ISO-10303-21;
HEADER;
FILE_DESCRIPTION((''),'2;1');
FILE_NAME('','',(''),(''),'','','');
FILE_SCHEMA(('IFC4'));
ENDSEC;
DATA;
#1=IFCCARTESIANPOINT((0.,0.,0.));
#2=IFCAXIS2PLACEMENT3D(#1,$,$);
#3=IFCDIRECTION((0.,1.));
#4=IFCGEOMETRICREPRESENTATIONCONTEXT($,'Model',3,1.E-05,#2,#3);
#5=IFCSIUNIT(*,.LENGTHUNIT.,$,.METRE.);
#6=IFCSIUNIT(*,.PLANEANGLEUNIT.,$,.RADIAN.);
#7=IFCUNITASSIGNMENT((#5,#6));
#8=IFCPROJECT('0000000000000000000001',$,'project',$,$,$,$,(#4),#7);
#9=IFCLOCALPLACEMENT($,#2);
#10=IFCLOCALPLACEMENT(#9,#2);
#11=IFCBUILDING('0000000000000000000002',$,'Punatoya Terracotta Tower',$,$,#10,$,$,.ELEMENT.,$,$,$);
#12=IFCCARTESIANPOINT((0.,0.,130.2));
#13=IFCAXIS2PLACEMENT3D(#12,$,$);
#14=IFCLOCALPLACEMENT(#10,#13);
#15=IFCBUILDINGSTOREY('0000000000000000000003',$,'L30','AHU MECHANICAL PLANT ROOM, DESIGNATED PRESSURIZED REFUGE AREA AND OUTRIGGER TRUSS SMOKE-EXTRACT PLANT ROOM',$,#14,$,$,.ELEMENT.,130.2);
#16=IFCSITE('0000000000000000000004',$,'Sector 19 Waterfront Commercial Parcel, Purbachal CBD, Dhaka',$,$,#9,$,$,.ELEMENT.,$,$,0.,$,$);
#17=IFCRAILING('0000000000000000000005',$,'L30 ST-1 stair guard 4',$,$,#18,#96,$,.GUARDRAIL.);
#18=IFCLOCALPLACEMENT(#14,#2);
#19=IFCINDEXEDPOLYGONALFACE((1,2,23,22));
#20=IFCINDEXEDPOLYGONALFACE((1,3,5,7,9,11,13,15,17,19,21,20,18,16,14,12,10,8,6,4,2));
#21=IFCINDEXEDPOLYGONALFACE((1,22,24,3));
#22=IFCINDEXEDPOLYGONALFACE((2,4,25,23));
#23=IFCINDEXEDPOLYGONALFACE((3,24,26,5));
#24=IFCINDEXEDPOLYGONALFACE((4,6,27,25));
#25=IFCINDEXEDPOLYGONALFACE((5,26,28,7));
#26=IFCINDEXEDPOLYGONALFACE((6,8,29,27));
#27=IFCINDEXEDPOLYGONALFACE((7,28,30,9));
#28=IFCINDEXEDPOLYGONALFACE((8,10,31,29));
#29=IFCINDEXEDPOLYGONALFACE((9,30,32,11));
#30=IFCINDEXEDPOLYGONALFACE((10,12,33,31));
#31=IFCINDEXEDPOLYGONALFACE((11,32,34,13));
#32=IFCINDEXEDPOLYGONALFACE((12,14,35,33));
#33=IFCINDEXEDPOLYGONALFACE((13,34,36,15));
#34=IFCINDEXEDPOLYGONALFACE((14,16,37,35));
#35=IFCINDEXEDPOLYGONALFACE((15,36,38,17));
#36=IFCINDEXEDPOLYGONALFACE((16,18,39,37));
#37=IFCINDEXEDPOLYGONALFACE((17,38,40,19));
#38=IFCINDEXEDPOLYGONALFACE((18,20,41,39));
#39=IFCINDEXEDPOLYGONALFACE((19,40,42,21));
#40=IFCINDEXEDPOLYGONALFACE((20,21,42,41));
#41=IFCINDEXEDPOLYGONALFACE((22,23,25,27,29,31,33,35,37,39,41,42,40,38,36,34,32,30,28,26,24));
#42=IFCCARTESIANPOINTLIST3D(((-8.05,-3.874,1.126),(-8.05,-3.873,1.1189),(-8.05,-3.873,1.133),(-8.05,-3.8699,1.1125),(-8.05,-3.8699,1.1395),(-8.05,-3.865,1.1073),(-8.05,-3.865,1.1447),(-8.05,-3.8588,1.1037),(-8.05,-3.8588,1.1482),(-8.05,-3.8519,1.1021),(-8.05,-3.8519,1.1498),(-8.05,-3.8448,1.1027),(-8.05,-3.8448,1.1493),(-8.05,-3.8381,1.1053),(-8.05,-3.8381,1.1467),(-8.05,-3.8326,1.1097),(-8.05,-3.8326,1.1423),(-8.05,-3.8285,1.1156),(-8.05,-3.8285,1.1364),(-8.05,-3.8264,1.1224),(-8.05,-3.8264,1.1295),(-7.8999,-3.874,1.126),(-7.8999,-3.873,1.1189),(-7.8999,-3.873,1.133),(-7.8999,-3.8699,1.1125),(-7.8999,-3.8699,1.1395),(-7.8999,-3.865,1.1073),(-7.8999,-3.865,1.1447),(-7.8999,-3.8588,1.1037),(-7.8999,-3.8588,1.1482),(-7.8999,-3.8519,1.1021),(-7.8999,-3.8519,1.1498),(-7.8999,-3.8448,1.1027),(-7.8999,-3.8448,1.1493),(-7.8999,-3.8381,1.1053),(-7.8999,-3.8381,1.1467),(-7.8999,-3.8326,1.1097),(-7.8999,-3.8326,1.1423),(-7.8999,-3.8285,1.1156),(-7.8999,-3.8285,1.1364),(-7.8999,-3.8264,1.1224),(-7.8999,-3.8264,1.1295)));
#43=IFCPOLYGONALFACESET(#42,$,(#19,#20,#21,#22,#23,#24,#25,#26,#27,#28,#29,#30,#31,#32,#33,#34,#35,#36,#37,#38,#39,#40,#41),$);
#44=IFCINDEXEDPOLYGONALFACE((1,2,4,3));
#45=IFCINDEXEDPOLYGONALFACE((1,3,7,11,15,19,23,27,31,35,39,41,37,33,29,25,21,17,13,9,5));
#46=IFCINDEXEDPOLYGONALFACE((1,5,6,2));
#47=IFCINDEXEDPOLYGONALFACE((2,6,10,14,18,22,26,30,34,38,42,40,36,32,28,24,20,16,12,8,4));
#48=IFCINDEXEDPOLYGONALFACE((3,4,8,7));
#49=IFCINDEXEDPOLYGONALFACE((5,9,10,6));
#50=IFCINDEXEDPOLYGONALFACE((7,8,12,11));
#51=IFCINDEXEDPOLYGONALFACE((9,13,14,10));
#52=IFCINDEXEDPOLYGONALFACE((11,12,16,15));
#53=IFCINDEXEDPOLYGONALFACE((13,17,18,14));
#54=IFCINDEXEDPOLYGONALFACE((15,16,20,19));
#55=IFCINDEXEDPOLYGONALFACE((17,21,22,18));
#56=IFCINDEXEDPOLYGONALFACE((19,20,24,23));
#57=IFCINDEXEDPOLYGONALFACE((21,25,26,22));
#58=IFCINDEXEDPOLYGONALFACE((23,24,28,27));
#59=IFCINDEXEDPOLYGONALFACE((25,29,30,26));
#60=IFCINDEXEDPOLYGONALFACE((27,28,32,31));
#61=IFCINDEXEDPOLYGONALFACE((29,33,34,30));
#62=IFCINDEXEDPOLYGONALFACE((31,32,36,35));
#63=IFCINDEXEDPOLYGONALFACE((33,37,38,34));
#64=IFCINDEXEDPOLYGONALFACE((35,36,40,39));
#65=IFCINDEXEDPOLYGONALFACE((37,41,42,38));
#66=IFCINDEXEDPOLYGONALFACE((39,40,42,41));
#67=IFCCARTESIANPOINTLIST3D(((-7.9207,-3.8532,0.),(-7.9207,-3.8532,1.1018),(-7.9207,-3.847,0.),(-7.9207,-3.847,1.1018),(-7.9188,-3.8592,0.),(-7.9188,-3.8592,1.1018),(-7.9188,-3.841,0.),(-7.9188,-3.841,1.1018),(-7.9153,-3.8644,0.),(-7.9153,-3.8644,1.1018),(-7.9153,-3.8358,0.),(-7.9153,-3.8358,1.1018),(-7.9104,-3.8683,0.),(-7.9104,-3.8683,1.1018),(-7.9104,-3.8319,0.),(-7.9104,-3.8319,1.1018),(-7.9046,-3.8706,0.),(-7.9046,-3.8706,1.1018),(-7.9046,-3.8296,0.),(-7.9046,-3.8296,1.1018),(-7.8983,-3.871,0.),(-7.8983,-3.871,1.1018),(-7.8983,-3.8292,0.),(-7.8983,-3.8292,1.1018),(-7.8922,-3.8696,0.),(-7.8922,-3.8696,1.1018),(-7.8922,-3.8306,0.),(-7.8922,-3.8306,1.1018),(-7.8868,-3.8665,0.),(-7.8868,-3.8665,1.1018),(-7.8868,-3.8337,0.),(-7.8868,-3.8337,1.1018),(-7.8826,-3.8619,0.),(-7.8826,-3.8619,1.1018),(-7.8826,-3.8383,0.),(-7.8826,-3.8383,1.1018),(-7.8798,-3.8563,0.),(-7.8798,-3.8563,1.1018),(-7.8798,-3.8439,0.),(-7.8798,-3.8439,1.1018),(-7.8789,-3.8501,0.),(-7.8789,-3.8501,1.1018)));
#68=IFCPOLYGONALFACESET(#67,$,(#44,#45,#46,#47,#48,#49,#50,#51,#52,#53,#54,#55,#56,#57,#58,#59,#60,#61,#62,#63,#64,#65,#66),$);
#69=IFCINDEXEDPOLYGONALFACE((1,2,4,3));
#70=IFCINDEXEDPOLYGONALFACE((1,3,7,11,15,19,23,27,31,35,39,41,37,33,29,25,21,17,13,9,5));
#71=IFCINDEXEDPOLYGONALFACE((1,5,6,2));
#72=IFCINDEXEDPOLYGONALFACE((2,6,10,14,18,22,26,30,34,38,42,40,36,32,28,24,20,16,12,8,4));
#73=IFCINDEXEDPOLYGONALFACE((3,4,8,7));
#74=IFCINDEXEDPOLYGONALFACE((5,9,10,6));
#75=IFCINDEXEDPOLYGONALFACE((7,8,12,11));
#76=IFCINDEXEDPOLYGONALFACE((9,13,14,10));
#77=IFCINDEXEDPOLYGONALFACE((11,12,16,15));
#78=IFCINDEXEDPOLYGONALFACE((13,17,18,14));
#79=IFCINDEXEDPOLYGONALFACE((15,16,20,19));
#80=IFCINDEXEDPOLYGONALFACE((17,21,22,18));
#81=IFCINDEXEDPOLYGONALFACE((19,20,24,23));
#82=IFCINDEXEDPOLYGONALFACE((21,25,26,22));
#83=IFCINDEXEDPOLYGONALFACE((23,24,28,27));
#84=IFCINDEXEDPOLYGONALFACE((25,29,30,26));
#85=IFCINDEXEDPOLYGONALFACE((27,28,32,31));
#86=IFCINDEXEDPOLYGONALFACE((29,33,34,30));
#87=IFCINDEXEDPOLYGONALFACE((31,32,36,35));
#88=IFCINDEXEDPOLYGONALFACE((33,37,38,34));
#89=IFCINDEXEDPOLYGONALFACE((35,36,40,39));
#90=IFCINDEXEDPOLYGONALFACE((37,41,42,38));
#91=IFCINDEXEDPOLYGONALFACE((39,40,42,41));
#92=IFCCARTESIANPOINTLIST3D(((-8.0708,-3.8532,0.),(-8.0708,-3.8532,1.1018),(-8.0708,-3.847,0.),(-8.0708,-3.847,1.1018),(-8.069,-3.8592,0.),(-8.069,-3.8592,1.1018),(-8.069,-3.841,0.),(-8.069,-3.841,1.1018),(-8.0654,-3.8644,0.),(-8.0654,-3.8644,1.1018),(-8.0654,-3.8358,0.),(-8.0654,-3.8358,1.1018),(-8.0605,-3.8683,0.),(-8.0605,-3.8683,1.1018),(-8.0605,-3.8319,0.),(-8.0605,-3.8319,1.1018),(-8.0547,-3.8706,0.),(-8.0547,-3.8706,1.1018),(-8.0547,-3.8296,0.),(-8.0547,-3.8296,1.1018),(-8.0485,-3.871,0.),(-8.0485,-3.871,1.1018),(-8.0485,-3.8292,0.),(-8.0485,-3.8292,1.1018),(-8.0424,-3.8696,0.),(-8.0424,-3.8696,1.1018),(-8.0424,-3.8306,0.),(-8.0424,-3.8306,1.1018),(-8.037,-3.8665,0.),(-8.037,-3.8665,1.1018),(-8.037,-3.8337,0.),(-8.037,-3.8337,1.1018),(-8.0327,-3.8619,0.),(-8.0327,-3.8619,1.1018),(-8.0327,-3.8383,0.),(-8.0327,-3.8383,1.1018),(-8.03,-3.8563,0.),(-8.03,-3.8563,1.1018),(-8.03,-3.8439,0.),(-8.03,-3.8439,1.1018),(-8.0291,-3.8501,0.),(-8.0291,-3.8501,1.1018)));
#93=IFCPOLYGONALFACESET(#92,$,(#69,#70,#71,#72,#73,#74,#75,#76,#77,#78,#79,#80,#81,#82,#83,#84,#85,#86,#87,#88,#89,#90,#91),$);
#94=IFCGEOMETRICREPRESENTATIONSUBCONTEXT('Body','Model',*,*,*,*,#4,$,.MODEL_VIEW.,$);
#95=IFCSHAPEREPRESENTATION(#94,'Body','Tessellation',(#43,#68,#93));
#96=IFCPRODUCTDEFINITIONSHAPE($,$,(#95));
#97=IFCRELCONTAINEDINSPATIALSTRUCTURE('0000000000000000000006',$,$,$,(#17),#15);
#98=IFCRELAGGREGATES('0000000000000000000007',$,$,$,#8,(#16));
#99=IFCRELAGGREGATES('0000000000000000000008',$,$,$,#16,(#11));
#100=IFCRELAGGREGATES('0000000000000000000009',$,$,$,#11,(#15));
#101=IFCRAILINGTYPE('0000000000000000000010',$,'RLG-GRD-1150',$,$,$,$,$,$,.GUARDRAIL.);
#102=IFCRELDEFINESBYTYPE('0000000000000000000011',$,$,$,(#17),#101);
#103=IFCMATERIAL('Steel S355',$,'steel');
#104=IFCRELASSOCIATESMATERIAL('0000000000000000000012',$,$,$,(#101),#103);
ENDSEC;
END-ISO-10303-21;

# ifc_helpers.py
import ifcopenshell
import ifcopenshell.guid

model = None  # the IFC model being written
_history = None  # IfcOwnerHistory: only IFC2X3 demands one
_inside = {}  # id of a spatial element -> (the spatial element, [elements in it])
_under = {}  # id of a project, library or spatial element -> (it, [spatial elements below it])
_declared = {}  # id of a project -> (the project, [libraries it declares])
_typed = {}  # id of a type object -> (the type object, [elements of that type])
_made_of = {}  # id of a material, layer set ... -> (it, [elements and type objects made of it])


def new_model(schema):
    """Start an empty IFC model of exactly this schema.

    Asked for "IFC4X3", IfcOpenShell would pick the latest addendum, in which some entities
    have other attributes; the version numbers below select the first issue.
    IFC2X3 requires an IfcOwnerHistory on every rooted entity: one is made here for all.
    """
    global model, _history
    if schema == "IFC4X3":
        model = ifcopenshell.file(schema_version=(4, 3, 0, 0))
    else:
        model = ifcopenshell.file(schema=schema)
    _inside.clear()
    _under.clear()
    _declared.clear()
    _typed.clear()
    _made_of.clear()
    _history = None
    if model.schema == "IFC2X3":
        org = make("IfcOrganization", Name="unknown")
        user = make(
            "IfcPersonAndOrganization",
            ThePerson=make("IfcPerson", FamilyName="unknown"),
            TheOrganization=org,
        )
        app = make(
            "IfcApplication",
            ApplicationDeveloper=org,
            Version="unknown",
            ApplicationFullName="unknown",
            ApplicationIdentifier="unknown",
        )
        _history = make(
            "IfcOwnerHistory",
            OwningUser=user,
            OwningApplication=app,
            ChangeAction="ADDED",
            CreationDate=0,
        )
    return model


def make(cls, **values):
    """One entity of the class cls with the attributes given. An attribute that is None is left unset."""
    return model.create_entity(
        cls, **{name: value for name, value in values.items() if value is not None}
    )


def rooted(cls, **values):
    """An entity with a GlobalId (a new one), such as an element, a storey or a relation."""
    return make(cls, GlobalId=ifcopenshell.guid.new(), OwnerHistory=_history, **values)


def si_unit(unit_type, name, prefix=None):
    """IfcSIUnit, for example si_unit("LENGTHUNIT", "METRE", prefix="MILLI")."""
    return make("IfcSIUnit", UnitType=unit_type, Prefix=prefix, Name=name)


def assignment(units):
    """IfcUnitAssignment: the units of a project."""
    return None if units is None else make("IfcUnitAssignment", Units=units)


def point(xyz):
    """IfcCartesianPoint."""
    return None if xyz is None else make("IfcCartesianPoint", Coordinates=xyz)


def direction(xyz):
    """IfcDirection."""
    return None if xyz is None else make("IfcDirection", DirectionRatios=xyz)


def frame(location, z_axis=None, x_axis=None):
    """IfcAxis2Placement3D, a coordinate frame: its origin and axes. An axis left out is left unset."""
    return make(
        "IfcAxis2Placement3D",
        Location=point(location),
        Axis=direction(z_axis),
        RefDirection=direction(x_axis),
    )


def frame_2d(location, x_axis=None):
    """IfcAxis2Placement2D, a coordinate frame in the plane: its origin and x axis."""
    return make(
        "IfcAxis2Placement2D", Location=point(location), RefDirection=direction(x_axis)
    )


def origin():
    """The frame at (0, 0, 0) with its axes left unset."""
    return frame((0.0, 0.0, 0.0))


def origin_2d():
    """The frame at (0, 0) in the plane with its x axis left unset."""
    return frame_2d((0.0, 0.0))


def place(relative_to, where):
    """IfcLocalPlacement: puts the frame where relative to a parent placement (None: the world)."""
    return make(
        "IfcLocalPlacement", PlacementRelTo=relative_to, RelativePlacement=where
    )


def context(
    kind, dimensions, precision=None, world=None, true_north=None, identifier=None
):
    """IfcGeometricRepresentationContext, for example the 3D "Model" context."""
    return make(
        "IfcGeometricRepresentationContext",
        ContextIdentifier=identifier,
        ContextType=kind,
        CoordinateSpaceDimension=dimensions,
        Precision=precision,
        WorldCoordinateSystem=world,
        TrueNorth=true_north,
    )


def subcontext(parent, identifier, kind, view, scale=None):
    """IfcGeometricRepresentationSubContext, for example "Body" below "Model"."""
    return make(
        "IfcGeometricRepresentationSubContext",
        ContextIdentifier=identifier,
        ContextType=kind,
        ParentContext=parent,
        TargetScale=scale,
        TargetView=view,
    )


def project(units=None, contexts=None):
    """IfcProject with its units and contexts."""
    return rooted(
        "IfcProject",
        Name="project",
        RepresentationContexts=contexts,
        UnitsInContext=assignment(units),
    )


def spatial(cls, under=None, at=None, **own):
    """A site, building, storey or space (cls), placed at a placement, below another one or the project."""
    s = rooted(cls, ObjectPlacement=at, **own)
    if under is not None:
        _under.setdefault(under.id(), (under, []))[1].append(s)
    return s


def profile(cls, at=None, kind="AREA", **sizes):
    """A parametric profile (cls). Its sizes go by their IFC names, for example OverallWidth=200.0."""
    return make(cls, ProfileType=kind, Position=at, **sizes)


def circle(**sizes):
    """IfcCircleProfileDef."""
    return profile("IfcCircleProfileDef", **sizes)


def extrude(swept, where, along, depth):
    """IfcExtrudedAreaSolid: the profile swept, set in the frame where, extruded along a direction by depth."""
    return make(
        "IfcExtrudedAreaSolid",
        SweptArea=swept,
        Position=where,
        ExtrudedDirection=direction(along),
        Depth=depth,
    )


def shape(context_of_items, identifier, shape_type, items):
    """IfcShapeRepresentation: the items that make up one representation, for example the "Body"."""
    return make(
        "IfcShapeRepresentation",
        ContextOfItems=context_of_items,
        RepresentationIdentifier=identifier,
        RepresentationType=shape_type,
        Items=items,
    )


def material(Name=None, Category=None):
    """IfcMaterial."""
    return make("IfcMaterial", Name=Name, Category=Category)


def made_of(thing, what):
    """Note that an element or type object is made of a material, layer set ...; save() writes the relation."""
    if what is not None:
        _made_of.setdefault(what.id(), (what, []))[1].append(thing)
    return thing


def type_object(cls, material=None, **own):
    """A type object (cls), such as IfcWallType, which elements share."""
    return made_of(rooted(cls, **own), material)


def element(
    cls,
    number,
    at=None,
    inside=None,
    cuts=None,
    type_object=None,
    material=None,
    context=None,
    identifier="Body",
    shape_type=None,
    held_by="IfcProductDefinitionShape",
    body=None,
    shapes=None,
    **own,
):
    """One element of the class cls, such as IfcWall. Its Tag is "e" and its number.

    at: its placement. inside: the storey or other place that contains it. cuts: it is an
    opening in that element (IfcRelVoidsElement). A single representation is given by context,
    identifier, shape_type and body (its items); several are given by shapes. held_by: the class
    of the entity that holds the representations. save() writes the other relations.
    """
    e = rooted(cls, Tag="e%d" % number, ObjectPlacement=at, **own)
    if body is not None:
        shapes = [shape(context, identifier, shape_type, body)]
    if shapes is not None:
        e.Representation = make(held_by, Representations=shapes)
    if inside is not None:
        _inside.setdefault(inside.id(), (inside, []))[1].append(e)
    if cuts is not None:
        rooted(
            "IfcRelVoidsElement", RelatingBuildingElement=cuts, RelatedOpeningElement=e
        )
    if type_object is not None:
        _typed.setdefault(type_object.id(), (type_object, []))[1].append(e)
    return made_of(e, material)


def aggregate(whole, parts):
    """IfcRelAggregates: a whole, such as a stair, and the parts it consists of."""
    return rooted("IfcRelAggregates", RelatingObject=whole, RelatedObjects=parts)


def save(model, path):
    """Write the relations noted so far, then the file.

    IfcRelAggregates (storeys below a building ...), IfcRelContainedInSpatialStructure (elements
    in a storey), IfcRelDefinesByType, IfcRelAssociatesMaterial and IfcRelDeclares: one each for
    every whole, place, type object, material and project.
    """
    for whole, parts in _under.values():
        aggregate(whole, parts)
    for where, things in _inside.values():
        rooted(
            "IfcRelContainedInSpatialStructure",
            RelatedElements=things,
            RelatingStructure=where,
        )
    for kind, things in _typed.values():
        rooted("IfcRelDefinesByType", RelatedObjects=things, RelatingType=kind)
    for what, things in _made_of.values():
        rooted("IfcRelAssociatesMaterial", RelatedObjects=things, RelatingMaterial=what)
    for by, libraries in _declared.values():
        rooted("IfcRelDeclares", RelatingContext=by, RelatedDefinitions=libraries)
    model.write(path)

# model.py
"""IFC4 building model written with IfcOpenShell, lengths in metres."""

from ifc_helpers import new_model, si_unit, direction, frame, origin, origin_2d, place, context, subcontext, project, spatial, circle, extrude, material, type_object, element, save


model = new_model("IFC4")

# Units and contexts
model_context = context("Model", 3, precision=1e-05, world=origin(), true_north=direction((0.0, 1.0)))
body_context = subcontext(model_context, "Body", "Model", "MODEL_VIEW")
ifc_project = project(units=[si_unit("LENGTHUNIT", "METRE"), si_unit("PLANEANGLEUNIT", "RADIAN")], contexts=[model_context])

# Site, building, storey
site_placement = place(None, origin())
site = spatial("IfcSite", under=ifc_project, at=site_placement, Name="Sector 19 Waterfront Commercial Parcel, Purbachal CBD, Dhaka", CompositionType="ELEMENT", RefElevation=0.0)
building_placement = place(site_placement, origin())
building = spatial("IfcBuilding", under=site, at=building_placement, Name="Punatoya Terracotta Tower", CompositionType="ELEMENT")
storey_placement = place(building_placement, frame((0.0, 0.0, 130.2)))
storey = spatial("IfcBuildingStorey", under=building, at=storey_placement, Name="L30", Description="AHU MECHANICAL PLANT ROOM, DESIGNATED PRESSURIZED REFUGE AREA AND OUTRIGGER TRUSS SMOKE-EXTRACT PLANT ROOM", CompositionType="ELEMENT", Elevation=130.2)

# Shared definitions
ifc_material_1 = material(Name="Steel S355", Category="steel")

# Railing
railing_type_1 = type_object("IfcRailingType", Name="RLG-GRD-1150", PredefinedType="GUARDRAIL", material=ifc_material_1)
railing_1_placement = place(storey_placement, frame((-7.8999, -3.8501, 0.0)))
element("IfcRailing", 1, at=railing_1_placement, inside=storey, type_object=railing_type_1, Name="L30 ST-1 stair guard 4", PredefinedType="GUARDRAIL", context=body_context, shape_type="SweptSolid", body=[
    extrude(circle(Radius=0.0239, at=origin_2d()), frame((0.0, 0.0, 1.126), z_axis=(-1.0, 0.0, 0.0), x_axis=(0.0, -1.0, 0.0)), (0.0, 0.0, 1.0), 0.1501),
    extrude(circle(Radius=0.021, at=origin_2d()), origin(), (0.0, 0.0, 1.0), 1.1018),
    extrude(circle(Radius=0.021, at=origin_2d()), frame((-0.1501, 0.0, 0.0)), (0.0, 0.0, 1.0), 1.1018),
])

save(model, "model.ifc")
